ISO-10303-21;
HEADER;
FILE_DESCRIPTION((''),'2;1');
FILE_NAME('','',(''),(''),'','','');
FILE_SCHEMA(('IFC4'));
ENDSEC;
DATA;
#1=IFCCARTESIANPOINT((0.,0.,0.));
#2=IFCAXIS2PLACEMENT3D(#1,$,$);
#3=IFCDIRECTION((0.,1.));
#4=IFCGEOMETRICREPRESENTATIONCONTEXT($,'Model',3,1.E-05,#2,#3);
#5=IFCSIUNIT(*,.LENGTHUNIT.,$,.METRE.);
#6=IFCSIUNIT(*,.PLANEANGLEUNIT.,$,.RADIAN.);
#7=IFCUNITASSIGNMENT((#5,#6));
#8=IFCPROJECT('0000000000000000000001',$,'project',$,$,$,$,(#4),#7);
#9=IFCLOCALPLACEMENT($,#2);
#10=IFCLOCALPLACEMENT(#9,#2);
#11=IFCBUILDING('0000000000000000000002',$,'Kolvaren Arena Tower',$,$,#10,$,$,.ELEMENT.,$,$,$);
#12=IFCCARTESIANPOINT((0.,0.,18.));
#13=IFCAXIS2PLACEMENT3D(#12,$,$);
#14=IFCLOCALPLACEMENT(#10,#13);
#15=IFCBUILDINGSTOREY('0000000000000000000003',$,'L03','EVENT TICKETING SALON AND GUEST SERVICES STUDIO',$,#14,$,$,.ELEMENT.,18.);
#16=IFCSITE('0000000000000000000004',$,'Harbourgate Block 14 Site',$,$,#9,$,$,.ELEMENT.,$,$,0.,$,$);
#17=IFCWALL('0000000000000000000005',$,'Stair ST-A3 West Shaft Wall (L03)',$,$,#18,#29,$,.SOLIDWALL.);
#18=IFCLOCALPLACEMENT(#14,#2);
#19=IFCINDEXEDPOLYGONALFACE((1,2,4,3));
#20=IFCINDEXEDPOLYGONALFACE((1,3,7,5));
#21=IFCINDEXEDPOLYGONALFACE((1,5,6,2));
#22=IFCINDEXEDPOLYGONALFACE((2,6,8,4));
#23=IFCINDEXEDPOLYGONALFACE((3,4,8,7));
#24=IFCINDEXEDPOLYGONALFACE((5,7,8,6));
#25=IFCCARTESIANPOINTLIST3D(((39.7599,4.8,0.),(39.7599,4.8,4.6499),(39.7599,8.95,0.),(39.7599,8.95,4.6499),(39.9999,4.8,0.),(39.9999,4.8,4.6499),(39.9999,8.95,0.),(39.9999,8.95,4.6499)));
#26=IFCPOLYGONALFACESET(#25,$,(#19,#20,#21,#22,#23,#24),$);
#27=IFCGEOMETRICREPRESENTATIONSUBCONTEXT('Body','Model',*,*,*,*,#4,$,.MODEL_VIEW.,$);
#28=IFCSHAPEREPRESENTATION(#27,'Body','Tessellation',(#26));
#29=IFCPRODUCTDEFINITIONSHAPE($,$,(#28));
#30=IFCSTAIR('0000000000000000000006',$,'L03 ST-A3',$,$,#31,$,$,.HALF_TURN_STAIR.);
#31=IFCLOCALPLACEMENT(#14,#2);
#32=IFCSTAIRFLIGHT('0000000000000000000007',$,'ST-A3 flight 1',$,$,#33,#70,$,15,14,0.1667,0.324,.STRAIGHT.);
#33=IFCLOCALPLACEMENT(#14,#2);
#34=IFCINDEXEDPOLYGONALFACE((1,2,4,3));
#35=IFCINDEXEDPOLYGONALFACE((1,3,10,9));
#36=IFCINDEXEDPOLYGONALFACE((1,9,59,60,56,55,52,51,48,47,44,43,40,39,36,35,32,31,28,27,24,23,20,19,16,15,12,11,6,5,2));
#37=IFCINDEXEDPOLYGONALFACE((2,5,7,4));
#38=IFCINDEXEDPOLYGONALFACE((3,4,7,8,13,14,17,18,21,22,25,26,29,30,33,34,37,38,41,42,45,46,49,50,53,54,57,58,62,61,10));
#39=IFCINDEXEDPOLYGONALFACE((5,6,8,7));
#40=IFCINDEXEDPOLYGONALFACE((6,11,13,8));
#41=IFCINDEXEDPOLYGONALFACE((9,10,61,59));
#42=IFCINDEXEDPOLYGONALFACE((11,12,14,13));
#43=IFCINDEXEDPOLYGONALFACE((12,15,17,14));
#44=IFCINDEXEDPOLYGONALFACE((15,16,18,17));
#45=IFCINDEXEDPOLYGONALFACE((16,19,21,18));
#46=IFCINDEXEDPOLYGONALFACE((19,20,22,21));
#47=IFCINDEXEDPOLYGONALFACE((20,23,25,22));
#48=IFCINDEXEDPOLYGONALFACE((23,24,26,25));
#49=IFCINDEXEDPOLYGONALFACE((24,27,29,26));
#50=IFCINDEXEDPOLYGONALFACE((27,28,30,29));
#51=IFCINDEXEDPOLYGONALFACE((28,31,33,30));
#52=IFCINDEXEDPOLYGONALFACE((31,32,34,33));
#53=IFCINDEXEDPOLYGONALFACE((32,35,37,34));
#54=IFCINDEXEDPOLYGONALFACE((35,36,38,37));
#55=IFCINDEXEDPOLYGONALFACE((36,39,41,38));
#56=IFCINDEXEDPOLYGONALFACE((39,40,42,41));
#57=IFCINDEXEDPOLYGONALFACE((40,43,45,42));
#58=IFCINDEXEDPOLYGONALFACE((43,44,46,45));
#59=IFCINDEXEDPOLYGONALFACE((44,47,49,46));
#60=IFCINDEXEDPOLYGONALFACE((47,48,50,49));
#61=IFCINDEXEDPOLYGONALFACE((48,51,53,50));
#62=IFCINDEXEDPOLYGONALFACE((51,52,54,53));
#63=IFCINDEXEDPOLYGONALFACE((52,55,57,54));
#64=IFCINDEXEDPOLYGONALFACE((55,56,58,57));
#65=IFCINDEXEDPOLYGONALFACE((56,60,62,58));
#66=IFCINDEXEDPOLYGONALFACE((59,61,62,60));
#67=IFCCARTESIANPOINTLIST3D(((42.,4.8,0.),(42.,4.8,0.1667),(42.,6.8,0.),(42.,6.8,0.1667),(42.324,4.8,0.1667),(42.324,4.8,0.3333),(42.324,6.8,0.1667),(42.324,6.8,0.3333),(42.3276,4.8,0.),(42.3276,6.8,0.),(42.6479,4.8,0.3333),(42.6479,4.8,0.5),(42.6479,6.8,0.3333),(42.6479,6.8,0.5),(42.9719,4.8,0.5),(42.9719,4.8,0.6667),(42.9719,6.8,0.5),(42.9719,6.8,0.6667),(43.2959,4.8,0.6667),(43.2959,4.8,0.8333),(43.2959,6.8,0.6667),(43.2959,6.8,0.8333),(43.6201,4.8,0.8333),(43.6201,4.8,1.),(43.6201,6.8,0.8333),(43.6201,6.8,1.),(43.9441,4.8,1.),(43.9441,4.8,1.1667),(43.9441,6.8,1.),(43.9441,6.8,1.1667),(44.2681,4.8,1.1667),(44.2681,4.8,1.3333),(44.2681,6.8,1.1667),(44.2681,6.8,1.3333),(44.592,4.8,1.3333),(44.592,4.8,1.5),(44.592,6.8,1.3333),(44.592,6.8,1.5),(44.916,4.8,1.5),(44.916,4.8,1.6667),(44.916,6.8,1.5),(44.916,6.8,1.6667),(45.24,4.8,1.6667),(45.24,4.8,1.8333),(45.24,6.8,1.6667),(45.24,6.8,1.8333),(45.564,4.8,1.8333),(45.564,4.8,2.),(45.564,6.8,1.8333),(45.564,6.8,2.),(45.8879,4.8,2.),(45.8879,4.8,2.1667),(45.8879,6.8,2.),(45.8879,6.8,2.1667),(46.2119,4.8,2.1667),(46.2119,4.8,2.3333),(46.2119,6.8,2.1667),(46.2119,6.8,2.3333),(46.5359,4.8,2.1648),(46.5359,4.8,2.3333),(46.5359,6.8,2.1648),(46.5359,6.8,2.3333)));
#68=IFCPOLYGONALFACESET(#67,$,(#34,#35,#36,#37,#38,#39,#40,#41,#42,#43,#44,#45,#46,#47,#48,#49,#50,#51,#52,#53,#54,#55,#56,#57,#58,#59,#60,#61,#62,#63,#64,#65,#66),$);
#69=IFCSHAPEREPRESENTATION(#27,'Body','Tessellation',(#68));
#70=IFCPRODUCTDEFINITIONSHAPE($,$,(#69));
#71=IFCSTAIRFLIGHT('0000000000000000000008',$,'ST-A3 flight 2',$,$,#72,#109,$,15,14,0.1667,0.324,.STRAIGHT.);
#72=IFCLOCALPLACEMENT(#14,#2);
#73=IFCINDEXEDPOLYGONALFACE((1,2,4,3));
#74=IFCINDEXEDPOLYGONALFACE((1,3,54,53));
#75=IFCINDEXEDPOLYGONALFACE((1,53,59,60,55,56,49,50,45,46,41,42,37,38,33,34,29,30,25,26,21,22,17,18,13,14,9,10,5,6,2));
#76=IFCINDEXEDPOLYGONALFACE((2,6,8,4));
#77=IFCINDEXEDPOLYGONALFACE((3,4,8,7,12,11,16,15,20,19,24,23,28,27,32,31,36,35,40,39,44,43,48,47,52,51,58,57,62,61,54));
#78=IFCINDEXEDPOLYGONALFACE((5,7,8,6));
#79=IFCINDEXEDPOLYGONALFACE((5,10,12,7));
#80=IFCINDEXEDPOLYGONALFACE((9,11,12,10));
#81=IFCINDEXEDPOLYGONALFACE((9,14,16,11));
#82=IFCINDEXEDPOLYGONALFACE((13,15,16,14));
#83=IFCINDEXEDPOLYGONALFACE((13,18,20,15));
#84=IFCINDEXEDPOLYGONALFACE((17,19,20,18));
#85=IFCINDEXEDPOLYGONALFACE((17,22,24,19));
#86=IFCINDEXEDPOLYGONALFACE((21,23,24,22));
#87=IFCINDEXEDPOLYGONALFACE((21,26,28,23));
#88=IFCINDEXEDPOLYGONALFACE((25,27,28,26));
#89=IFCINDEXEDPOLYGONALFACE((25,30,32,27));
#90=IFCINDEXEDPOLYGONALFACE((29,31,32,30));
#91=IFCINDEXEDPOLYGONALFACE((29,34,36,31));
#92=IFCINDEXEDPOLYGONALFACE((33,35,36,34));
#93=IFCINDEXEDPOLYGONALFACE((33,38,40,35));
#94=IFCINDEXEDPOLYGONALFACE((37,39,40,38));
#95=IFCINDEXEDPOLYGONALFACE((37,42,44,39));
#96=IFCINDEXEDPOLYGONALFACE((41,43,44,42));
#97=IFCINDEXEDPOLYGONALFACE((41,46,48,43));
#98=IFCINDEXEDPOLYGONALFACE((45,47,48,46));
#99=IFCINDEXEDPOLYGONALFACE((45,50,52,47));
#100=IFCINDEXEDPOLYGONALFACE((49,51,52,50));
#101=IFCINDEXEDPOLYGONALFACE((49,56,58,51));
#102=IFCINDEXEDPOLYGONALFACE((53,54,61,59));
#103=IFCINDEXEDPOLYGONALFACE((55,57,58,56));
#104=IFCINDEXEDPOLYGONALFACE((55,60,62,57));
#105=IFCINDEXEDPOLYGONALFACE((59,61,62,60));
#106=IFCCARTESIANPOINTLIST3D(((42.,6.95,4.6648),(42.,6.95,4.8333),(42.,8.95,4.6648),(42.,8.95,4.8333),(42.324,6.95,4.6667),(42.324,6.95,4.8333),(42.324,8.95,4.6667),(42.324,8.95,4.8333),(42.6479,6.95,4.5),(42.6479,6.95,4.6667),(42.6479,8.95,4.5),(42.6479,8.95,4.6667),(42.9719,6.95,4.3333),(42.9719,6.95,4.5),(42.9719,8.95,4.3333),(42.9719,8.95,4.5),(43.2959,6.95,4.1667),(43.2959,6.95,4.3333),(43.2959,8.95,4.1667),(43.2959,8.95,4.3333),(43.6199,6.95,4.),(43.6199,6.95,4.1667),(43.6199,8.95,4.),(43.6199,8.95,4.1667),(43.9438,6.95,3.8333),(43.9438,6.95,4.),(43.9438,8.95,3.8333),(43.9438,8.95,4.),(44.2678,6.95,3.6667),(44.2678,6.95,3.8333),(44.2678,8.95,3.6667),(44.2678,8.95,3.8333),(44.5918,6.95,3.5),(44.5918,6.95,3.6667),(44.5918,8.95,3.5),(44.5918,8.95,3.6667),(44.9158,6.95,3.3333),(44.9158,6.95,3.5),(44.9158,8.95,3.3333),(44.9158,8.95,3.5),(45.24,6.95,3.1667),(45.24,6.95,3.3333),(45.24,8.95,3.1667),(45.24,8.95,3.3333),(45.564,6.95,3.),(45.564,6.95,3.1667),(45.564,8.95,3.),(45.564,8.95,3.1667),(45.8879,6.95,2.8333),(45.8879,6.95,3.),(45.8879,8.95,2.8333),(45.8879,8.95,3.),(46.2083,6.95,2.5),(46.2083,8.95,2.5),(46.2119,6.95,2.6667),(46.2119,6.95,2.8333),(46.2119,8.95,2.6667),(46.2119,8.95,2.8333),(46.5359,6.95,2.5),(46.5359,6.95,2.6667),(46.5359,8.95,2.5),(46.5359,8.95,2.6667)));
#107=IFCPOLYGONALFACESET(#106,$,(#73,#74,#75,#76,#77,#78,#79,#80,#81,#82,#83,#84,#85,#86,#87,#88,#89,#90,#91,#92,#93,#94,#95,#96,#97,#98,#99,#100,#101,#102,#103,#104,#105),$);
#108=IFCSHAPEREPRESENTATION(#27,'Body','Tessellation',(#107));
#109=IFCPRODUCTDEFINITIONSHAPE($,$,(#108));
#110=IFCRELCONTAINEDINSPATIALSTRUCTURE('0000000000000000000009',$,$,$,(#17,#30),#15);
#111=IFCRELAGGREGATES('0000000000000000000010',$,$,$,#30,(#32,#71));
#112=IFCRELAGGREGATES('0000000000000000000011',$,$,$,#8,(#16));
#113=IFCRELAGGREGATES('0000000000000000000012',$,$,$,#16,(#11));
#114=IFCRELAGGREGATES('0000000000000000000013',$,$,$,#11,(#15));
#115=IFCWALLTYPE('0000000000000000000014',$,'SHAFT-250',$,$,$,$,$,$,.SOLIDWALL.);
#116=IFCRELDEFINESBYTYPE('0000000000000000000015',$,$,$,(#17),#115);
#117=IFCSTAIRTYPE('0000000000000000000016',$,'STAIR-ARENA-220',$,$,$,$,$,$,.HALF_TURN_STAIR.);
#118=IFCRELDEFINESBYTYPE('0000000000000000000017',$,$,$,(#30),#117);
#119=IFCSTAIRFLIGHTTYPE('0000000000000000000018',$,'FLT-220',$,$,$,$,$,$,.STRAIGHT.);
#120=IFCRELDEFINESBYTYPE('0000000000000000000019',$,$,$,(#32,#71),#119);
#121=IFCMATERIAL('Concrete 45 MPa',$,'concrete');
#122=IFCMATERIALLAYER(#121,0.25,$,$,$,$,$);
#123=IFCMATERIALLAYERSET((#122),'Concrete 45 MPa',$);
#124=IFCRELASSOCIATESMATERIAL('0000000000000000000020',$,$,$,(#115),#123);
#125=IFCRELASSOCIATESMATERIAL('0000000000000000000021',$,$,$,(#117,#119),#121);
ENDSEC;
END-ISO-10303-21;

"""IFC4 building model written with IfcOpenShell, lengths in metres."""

from ifc_helpers import new_model, si_unit, direction, frame, frame_2d, origin, place, context, subcontext, project, spatial, polyline, rectangle, outline, extrude, material, layer, layer_set, type_object, element, aggregate, save


model = new_model("IFC4")

# Units and contexts
model_context = context("Model", 3, precision=1e-05, world=origin(), true_north=direction((0.0, 1.0)))
body_context = subcontext(model_context, "Body", "Model", "MODEL_VIEW")
ifc_project = project(units=[si_unit("LENGTHUNIT", "METRE"), si_unit("PLANEANGLEUNIT", "RADIAN")], contexts=[model_context])

# Site, building, storey
site_placement = place(None, origin())
site = spatial("IfcSite", under=ifc_project, at=site_placement, Name="Harbourgate Block 14 Site", CompositionType="ELEMENT", RefElevation=0.0)
building_placement = place(site_placement, origin())
building = spatial("IfcBuilding", under=site, at=building_placement, Name="Kolvaren Arena Tower", CompositionType="ELEMENT")
storey_placement = place(building_placement, frame((0.0, 0.0, 18.0)))
storey = spatial("IfcBuildingStorey", under=building, at=storey_placement, Name="L03", Description="EVENT TICKETING SALON AND GUEST SERVICES STUDIO", CompositionType="ELEMENT", Elevation=18.0)

# Shared definitions
ifc_material_1 = material(Name="Concrete 45 MPa", Category="concrete")
ifc_layer = layer(ifc_material_1, 0.25)
ifc_layer_set = layer_set([ifc_layer], Name="Concrete 45 MPa")
wall_type = type_object("IfcWallType", Name="SHAFT-250", PredefinedType="SOLIDWALL", material=ifc_layer_set)

# Wall
wall_1_placement = place(storey_placement, frame((39.8799, 4.8, 0.0), z_axis=(0.0, 0.0, 1.0), x_axis=(0.0, 1.0, 0.0)))
element("IfcWall", 1, at=wall_1_placement, inside=storey, type_object=wall_type, Name="Stair ST-A3 West Shaft Wall (L03)", PredefinedType="SOLIDWALL", context=body_context, shape_type="SweptSolid", body=[
    extrude(rectangle(XDim=4.1499, YDim=0.24, at=frame_2d((2.075, 0.0))), origin(), (0.0, 0.0, 1.0), 4.6499),
])

# Stair, stair flights
stair_type = type_object("IfcStairType", Name="STAIR-ARENA-220", PredefinedType="HALF_TURN_STAIR", material=ifc_material_1)
stair_placement = place(storey_placement, origin())
stair = element("IfcStair", 2, at=stair_placement, inside=storey, type_object=stair_type, Name="L03 ST-A3", PredefinedType="HALF_TURN_STAIR")
stair_flight_type = type_object("IfcStairFlightType", Name="FLT-220", PredefinedType="STRAIGHT", material=ifc_material_1)
stair_flight_1_placement = place(storey_placement, frame((42.0, 5.8, 0.0), z_axis=(0.0, 0.0, 1.0), x_axis=(1.0, 0.0, 0.0)))
stair_flight_1 = element("IfcStairFlight", 3, at=stair_flight_1_placement, type_object=stair_flight_type, Name="ST-A3 flight 1", NumberOfRisers=15, NumberOfTreads=14, PredefinedType="STRAIGHT", RiserHeight=0.1667, TreadLength=0.324, context=body_context, shape_type="SweptSolid", body=[
    extrude(outline(polyline([(0.0, 0.0), (0.0, 0.1667), (0.324, 0.1667), (0.324, 0.3333), (0.6479, 0.3333), (0.6479, 0.5), (0.9719, 0.5), (0.9719, 0.6667), (1.2959, 0.6667), (1.2959, 0.8333), (1.6201, 0.8333), (1.6201, 1.0), (1.9441, 1.0), (1.9441, 1.1667), (2.2681, 1.1667), (2.2681, 1.3333), (2.592, 1.3333), (2.592, 1.5), (2.916, 1.5), (2.916, 1.6667), (3.24, 1.6667), (3.24, 1.8333), (3.564, 1.8333), (3.564, 2.0), (3.8879, 2.0), (3.8879, 2.1667), (4.2119, 2.1667), (4.2119, 2.3333), (4.5359, 2.3333), (4.5359, 2.5), (4.5359, 2.1648), (0.3276, 0.0), (0.0, 0.0)])), frame((0.0, 1.0, 0.0), z_axis=(0.0, -1.0, 0.0), x_axis=(1.0, 0.0, 0.0)), (0.0, 0.0, 1.0), 2.0),
])
stair_flight_2_placement = place(storey_placement, frame((46.5359, 7.95, 2.5), z_axis=(0.0, 0.0, 1.0), x_axis=(-1.0, 0.0, 0.0)))
stair_flight_2 = element("IfcStairFlight", 4, at=stair_flight_2_placement, type_object=stair_flight_type, Name="ST-A3 flight 2", NumberOfRisers=15, NumberOfTreads=14, PredefinedType="STRAIGHT", RiserHeight=0.1667, TreadLength=0.324, context=body_context, shape_type="SweptSolid", body=[
    extrude(outline(polyline([(0.0, 0.0), (0.0, 0.1667), (0.324, 0.1667), (0.324, 0.3333), (0.6479, 0.3333), (0.6479, 0.5), (0.9719, 0.5), (0.9719, 0.6667), (1.2959, 0.6667), (1.2959, 0.8333), (1.6201, 0.8333), (1.6201, 1.0), (1.9441, 1.0), (1.9441, 1.1667), (2.2681, 1.1667), (2.2681, 1.3333), (2.592, 1.3333), (2.592, 1.5), (2.916, 1.5), (2.916, 1.6667), (3.24, 1.6667), (3.24, 1.8333), (3.564, 1.8333), (3.564, 2.0), (3.8879, 2.0), (3.8879, 2.1667), (4.2119, 2.1667), (4.2119, 2.3333), (4.5359, 2.3333), (4.5359, 2.5), (4.5359, 2.1648), (0.3276, 0.0), (0.0, 0.0)])), frame((0.0, 1.0, 0.0), z_axis=(0.0, -1.0, 0.0), x_axis=(1.0, 0.0, 0.0)), (0.0, 0.0, 1.0), 2.0),
])
aggregate(stair, [stair_flight_1, stair_flight_2])

save(model, "model.ifc")
